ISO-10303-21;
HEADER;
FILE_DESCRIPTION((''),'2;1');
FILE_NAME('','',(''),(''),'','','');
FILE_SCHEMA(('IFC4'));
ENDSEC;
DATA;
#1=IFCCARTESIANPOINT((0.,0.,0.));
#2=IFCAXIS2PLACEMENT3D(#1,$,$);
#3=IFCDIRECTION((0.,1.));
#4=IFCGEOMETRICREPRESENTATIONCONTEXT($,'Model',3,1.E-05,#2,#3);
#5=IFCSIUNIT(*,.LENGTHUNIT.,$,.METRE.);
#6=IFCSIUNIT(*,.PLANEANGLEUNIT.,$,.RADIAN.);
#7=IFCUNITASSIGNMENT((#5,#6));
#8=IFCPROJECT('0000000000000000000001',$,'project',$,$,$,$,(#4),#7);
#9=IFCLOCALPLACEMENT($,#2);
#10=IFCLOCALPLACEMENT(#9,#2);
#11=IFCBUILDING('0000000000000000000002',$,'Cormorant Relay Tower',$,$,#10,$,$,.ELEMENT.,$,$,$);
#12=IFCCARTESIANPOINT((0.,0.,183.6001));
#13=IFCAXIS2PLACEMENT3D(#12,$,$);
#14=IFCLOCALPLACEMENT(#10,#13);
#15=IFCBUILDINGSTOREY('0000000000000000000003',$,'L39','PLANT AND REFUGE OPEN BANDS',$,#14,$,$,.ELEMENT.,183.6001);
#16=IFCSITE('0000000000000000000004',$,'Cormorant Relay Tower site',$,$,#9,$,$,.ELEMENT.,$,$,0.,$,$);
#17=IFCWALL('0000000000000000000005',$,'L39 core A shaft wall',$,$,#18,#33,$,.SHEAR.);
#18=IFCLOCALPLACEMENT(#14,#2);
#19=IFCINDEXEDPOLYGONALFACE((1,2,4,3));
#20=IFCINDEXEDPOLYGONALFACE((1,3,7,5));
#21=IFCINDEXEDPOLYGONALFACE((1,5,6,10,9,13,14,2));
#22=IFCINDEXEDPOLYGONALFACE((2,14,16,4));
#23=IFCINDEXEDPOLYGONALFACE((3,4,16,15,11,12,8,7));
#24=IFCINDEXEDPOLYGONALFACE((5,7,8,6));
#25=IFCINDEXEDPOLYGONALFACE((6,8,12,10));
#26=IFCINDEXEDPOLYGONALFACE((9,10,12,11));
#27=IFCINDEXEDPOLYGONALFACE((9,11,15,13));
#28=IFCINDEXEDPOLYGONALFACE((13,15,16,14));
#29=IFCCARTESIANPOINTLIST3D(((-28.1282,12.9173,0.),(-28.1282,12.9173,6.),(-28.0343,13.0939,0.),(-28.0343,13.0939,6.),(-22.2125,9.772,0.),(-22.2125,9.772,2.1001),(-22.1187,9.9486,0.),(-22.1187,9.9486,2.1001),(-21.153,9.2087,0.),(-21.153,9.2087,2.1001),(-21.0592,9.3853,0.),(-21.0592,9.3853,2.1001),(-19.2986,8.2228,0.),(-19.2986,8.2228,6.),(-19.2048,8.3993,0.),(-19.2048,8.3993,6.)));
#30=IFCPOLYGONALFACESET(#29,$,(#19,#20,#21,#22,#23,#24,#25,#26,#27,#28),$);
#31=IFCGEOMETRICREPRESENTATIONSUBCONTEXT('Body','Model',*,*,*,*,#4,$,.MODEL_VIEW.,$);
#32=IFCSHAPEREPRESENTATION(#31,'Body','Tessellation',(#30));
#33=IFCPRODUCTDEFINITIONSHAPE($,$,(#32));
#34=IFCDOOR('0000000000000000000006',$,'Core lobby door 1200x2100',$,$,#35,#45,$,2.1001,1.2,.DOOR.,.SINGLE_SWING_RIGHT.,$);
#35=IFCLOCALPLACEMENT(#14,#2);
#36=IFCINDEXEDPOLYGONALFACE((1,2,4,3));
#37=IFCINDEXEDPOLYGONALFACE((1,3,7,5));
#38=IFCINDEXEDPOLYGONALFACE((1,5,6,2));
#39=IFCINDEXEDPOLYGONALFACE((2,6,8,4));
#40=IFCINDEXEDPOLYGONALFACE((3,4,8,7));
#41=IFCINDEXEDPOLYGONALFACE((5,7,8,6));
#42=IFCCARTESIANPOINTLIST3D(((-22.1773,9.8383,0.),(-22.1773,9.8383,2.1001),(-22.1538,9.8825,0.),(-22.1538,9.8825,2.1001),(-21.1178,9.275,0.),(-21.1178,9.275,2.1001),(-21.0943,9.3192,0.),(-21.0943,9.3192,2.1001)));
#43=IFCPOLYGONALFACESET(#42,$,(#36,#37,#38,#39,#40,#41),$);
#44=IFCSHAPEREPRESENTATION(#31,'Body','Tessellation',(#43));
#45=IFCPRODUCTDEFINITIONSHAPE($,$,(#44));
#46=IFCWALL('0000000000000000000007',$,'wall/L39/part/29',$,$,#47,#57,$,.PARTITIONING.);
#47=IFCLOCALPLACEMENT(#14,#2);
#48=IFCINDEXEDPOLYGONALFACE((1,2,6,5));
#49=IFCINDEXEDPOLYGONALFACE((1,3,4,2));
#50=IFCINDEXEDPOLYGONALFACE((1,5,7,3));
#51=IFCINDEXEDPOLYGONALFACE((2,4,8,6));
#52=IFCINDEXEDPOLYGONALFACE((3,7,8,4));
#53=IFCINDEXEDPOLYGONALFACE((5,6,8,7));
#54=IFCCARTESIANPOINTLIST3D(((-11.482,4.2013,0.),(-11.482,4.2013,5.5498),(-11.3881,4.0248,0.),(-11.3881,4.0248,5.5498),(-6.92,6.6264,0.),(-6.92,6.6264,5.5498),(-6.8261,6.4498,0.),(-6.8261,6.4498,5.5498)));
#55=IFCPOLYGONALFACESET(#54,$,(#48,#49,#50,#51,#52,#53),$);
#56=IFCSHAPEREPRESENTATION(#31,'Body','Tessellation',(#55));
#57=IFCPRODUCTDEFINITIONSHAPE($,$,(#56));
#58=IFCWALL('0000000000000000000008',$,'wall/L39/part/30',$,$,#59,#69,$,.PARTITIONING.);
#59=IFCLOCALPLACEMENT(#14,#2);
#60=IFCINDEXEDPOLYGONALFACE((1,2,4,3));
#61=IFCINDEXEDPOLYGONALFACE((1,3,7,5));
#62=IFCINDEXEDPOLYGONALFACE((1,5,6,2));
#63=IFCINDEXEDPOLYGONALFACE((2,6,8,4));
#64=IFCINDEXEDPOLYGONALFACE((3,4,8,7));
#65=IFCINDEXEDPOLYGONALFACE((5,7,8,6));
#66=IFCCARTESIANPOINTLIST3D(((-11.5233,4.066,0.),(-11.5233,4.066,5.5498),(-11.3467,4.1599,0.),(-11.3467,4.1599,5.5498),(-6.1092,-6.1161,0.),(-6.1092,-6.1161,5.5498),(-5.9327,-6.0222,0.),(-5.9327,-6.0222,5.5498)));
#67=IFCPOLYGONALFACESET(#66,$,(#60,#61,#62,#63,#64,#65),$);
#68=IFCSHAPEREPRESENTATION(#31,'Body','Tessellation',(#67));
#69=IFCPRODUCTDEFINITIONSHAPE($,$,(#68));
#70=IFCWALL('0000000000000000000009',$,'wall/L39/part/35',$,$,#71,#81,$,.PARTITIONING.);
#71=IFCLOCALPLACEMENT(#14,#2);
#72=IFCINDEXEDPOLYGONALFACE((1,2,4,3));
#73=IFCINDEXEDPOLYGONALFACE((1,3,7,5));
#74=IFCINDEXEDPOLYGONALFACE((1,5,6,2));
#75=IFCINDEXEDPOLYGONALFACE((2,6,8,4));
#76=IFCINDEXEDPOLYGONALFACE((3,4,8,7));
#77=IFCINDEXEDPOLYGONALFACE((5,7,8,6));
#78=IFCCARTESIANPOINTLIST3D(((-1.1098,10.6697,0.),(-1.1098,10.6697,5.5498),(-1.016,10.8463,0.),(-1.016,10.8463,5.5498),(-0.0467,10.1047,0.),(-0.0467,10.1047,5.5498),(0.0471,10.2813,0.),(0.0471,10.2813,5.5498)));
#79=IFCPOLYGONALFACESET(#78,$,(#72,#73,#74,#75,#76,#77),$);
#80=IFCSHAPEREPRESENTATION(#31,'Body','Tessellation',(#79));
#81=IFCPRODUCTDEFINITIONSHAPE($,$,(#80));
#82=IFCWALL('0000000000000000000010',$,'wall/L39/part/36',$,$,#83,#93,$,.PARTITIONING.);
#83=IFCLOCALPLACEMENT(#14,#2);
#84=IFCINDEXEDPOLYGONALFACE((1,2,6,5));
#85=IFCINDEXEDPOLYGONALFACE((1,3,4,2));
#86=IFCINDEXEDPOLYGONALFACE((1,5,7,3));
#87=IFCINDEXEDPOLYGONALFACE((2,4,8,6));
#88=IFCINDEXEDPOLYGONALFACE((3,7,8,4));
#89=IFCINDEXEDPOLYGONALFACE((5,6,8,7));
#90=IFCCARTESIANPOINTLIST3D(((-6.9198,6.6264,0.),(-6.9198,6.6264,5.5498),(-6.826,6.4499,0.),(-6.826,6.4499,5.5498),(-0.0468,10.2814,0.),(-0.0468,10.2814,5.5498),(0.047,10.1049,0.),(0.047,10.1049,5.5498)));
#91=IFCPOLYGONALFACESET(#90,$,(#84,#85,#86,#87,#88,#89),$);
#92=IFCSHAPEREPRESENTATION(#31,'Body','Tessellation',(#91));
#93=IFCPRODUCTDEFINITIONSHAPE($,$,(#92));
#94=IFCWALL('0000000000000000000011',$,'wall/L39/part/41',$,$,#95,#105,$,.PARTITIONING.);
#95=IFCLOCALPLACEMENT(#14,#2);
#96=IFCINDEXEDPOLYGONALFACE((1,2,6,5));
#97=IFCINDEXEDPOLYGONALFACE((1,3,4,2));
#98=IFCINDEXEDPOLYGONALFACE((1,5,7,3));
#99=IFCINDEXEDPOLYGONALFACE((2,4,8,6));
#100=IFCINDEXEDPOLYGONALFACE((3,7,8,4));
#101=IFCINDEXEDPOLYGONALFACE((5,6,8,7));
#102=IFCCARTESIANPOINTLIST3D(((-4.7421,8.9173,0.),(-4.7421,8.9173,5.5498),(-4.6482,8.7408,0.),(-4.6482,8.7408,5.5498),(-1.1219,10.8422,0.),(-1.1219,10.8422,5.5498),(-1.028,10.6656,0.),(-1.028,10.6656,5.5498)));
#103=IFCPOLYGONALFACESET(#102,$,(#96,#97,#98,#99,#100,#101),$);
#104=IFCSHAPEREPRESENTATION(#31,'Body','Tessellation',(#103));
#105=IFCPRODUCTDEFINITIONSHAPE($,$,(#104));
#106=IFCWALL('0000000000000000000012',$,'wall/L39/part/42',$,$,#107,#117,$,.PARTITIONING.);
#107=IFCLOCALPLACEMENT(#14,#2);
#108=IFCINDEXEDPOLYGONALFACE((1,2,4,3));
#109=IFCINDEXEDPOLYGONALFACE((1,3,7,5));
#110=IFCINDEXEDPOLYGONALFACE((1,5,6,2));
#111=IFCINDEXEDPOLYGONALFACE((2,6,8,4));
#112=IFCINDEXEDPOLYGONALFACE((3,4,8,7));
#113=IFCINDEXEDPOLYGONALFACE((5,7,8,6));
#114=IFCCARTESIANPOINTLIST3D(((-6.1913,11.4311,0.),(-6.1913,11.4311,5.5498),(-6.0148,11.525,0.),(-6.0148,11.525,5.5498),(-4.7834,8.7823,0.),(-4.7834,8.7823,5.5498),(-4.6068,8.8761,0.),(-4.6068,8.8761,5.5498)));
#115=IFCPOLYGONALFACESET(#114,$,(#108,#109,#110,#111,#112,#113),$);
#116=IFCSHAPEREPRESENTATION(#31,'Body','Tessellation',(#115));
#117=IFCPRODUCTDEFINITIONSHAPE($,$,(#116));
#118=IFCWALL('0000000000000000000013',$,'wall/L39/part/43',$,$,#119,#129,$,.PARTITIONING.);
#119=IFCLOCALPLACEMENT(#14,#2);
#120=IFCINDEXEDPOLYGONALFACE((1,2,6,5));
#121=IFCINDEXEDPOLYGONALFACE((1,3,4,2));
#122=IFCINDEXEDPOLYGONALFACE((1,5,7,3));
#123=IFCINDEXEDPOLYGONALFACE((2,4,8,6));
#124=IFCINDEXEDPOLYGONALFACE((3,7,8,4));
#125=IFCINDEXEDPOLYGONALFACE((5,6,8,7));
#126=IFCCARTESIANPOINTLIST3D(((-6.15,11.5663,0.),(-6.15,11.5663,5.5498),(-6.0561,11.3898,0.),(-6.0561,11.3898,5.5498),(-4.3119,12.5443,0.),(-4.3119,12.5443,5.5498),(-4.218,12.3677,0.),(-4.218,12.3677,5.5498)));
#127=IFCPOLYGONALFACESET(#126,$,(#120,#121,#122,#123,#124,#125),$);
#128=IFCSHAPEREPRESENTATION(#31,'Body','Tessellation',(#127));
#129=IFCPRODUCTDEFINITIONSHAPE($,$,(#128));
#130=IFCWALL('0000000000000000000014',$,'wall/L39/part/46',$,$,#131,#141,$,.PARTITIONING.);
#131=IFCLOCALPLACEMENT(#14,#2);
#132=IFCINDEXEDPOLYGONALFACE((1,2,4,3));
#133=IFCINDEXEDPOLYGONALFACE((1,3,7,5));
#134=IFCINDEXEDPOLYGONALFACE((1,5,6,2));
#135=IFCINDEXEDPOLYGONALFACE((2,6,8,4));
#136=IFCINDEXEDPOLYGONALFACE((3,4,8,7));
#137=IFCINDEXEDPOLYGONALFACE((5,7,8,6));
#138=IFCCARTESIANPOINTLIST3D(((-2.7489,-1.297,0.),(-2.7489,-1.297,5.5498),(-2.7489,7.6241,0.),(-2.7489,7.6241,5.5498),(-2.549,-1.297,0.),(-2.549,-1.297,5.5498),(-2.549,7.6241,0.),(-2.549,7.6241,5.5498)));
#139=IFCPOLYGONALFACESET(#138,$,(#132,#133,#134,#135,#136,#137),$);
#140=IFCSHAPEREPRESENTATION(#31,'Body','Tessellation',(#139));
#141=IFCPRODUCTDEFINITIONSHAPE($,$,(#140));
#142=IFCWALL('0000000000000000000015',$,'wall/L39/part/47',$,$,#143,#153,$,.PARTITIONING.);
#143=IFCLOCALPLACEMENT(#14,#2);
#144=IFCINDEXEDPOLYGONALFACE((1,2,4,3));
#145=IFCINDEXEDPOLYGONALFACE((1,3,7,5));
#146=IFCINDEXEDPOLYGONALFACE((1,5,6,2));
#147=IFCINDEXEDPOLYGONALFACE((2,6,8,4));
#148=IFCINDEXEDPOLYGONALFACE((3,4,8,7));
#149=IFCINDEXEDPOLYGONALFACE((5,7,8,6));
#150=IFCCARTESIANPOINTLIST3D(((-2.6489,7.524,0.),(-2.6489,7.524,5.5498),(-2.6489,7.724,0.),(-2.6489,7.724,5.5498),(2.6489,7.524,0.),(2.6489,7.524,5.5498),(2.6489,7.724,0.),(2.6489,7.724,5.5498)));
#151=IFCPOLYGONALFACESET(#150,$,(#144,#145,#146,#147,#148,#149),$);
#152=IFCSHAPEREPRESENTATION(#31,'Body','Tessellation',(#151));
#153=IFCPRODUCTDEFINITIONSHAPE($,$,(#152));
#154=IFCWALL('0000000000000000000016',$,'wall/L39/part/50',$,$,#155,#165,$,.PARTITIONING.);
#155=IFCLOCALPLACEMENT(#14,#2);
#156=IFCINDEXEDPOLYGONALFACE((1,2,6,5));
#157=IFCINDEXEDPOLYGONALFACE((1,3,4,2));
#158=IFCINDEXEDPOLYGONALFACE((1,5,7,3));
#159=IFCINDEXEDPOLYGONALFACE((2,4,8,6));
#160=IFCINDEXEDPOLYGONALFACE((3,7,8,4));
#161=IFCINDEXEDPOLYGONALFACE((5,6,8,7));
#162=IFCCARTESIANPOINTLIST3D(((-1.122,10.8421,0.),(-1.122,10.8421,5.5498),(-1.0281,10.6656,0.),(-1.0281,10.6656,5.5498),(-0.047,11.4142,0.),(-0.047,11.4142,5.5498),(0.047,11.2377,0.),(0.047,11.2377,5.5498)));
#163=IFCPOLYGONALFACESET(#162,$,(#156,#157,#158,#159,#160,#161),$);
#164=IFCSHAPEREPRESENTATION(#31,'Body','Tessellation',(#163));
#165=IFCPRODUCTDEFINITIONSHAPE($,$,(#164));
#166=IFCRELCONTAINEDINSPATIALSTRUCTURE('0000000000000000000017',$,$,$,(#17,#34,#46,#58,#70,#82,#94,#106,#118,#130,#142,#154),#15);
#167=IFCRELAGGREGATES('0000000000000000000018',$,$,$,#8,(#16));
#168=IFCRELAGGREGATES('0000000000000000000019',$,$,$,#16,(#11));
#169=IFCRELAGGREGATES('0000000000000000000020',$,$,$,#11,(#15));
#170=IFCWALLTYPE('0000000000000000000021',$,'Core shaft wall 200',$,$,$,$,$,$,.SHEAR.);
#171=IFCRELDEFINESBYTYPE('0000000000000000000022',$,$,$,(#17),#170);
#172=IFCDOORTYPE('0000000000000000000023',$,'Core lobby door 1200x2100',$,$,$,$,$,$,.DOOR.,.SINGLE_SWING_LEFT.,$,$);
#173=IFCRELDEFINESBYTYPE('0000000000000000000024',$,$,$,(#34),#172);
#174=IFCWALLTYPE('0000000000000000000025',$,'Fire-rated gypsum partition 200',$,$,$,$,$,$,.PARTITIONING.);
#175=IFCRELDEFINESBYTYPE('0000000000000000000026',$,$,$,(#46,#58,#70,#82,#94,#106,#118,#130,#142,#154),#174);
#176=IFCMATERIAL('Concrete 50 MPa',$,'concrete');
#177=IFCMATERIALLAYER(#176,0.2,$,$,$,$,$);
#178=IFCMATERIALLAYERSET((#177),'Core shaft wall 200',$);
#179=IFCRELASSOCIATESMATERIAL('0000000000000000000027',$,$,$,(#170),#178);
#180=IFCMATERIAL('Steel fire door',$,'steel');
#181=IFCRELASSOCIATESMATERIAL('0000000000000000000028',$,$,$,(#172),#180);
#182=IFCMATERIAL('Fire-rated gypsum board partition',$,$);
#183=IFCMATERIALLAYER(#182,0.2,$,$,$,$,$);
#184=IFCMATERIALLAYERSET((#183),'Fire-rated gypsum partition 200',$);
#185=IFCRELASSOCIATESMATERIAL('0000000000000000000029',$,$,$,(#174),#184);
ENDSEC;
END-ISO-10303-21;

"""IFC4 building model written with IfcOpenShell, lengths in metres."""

from ifc_helpers import new_model, si_unit, direction, frame, frame_2d, origin, place, context, subcontext, project, spatial, rectangle, extrude, material, layer, layer_set, type_object, element, fill, save


model = new_model("IFC4")

# Units and contexts
model_context = context("Model", 3, precision=1e-05, world=origin(), true_north=direction((0.0, 1.0)))
body_context = subcontext(model_context, "Body", "Model", "MODEL_VIEW")
ifc_project = project(units=[si_unit("LENGTHUNIT", "METRE"), si_unit("PLANEANGLEUNIT", "RADIAN")], contexts=[model_context])

# Site, building, storey
site_placement = place(None, origin())
site = spatial("IfcSite", under=ifc_project, at=site_placement, Name="Cormorant Relay Tower site", CompositionType="ELEMENT", RefElevation=0.0)
building_placement = place(site_placement, origin())
building = spatial("IfcBuilding", under=site, at=building_placement, Name="Cormorant Relay Tower", CompositionType="ELEMENT")
storey_placement = place(building_placement, frame((0.0, 0.0, 183.6001)))
storey = spatial("IfcBuildingStorey", under=building, at=storey_placement, Name="L39", Description="PLANT AND REFUGE OPEN BANDS", CompositionType="ELEMENT", Elevation=183.6001)

# Wall, opening, door
ifc_material_1 = material(Name="Concrete 50 MPa", Category="concrete")
ifc_layer_1 = layer(ifc_material_1, 0.2)
ifc_layer_set_1 = layer_set([ifc_layer_1], Name="Core shaft wall 200")
wall_type_1 = type_object("IfcWallType", Name="Core shaft wall 200", PredefinedType="SHEAR", material=ifc_layer_set_1)
wall_1_placement = place(storey_placement, frame((-19.2517, 8.311, 0.0), z_axis=(0.0, 0.0, 1.0), x_axis=(-0.882956, 0.469456, 0.0)))
wall_1 = element("IfcWall", 1, at=wall_1_placement, inside=storey, type_object=wall_type_1, Name="L39 core A shaft wall", PredefinedType="SHEAR", context=body_context, shape_type="SweptSolid", body=[
    extrude(rectangle(XDim=10.0, YDim=0.2, at=frame_2d((5.0, 0.0))), origin(), (0.0, 0.0, 1.0), 6.0),
])
opening_placement = place(wall_1_placement, frame((2.1001, 0.0, 0.0)))
opening = element("IfcOpeningElement", 2, at=opening_placement, cuts=wall_1, PredefinedType="OPENING", context=body_context, shape_type="SweptSolid", body=[
    extrude(rectangle(XDim=1.2, YDim=2.1001, at=frame_2d((0.6001, 1.05))), frame((0.0, 0.1099, 0.0), z_axis=(0.0, -1.0, 0.0), x_axis=(1.0, 0.0, 0.0)), (0.0, 0.0, 1.0), 0.22),
])
ifc_material_2 = material(Name="Steel fire door", Category="steel")
door_type = type_object("IfcDoorType", Name="Core lobby door 1200x2100", OperationType="SINGLE_SWING_LEFT", PredefinedType="DOOR", material=ifc_material_2)
door_placement = place(opening_placement, origin())
door = element("IfcDoor", 3, at=door_placement, inside=storey, type_object=door_type, Name="Core lobby door 1200x2100", OperationType="SINGLE_SWING_RIGHT", OverallHeight=2.1001, OverallWidth=1.2, PredefinedType="DOOR", context=body_context, shape_type="SweptSolid", body=[
    extrude(rectangle(XDim=1.2, YDim=2.1001, at=frame_2d((0.6001, 1.05))), frame((0.0, 0.0249, 0.0), z_axis=(0.0, -1.0, 0.0), x_axis=(1.0, 0.0, 0.0)), (0.0, 0.0, 1.0), 0.05),
])
fill(opening, door)

# Walls
ifc_material_3 = material(Name="Fire-rated gypsum board partition")
ifc_layer_2 = layer(ifc_material_3, 0.2)
ifc_layer_set_2 = layer_set([ifc_layer_2], Name="Fire-rated gypsum partition 200")
wall_type_2 = type_object("IfcWallType", Name="Fire-rated gypsum partition 200", PredefinedType="PARTITIONING", material=ifc_layer_set_2)
wall_2_placement = place(storey_placement, frame((-6.873, 6.5381, 0.0), z_axis=(0.0, 0.0, 1.0), x_axis=(-0.882997, -0.469379, 0.0)))
element("IfcWall", 4, at=wall_2_placement, inside=storey, type_object=wall_type_2, Name="wall/L39/part/29", PredefinedType="PARTITIONING", context=body_context, shape_type="SweptSolid", body=[
    extrude(rectangle(XDim=5.1665, YDim=0.2, at=frame_2d((2.5833, 0.0))), origin(), (0.0, 0.0, 1.0), 5.5498),
])
wall_3_placement = place(storey_placement, frame((-11.4351, 4.113, 0.0), z_axis=(0.0, 0.0, 1.0), x_axis=(0.46948, -0.882943, 0.0)))
element("IfcWall", 5, at=wall_3_placement, inside=storey, type_object=wall_type_2, Name="wall/L39/part/30", PredefinedType="PARTITIONING", context=body_context, shape_type="SweptSolid", body=[
    extrude(rectangle(XDim=11.532, YDim=0.2, at=frame_2d((5.7661, 0.0))), origin(), (0.0, 0.0, 1.0), 5.5498),
])
wall_4_placement = place(storey_placement, frame((-1.063, 10.7581, 0.0), z_axis=(0.0, 0.0, 1.0), x_axis=(0.883037, -0.469304, 0.0)))
element("IfcWall", 6, at=wall_4_placement, inside=storey, type_object=wall_type_2, Name="wall/L39/part/35", PredefinedType="PARTITIONING", context=body_context, shape_type="SweptSolid", body=[
    extrude(rectangle(XDim=1.2039, YDim=0.2, at=frame_2d((0.6021, 0.0))), origin(), (0.0, 0.0, 1.0), 5.5498),
])
wall_5_placement = place(storey_placement, frame((0.0, 10.1931, 0.0), z_axis=(0.0, 0.0, 1.0), x_axis=(-0.882917, -0.469528, 0.0)))
element("IfcWall", 7, at=wall_5_placement, inside=storey, type_object=wall_type_2, Name="wall/L39/part/36", PredefinedType="PARTITIONING", context=body_context, shape_type="SweptSolid", body=[
    extrude(rectangle(XDim=7.7844, YDim=0.2, at=frame_2d((3.8921, 0.0))), origin(), (0.0, 0.0, 1.0), 5.5498),
])
wall_6_placement = place(storey_placement, frame((-1.075, 10.7539, 0.0), z_axis=(0.0, 0.0, 1.0), x_axis=(-0.882952, -0.469463, 0.0)))
element("IfcWall", 8, at=wall_6_placement, inside=storey, type_object=wall_type_2, Name="wall/L39/part/41", PredefinedType="PARTITIONING", context=body_context, shape_type="SweptSolid", body=[
    extrude(rectangle(XDim=4.1001, YDim=0.2, at=frame_2d((2.05, 0.0))), origin(), (0.0, 0.0, 1.0), 5.5498),
])
wall_7_placement = place(storey_placement, frame((-4.6951, 8.8291, 0.0), z_axis=(0.0, 0.0, 1.0), x_axis=(-0.469342, 0.883017, 0.0)))
element("IfcWall", 9, at=wall_7_placement, inside=storey, type_object=wall_type_2, Name="wall/L39/part/42", PredefinedType="PARTITIONING", context=body_context, shape_type="SweptSolid", body=[
    extrude(rectangle(XDim=2.9998, YDim=0.2, at=frame_2d((1.5, 0.0))), origin(), (0.0, 0.0, 1.0), 5.5498),
])
wall_8_placement = place(storey_placement, frame((-6.103, 11.478, 0.0), z_axis=(0.0, 0.0, 1.0), x_axis=(0.882813, 0.469724, 0.0)))
element("IfcWall", 10, at=wall_8_placement, inside=storey, type_object=wall_type_2, Name="wall/L39/part/43", PredefinedType="PARTITIONING", context=body_context, shape_type="SweptSolid", body=[
    extrude(rectangle(XDim=2.082, YDim=0.2, at=frame_2d((1.041, 0.0))), origin(), (0.0, 0.0, 1.0), 5.5498),
])
wall_9_placement = place(storey_placement, frame((-2.6489, 7.624, 0.0), z_axis=(0.0, 0.0, 1.0), x_axis=(0.0, -1.0, 0.0)))
element("IfcWall", 11, at=wall_9_placement, inside=storey, type_object=wall_type_2, Name="wall/L39/part/46", PredefinedType="PARTITIONING", context=body_context, shape_type="SweptSolid", body=[
    extrude(rectangle(XDim=8.9211, YDim=0.2, at=frame_2d((4.4604, 0.0))), origin(), (0.0, 0.0, 1.0), 5.5498),
])
wall_10_placement = place(storey_placement, frame((-2.6489, 7.624, 0.0), z_axis=(0.0, 0.0, 1.0), x_axis=(1.0, 0.0, 0.0)))
element("IfcWall", 12, at=wall_10_placement, inside=storey, type_object=wall_type_2, Name="wall/L39/part/47", PredefinedType="PARTITIONING", context=body_context, shape_type="SweptSolid", body=[
    extrude(rectangle(XDim=5.2979, YDim=0.2, at=frame_2d((2.6489, 0.0))), origin(), (0.0, 0.0, 1.0), 5.5498),
])
wall_11_placement = place(storey_placement, frame((0.0, 11.3259, 0.0), z_axis=(0.0, 0.0, 1.0), x_axis=(-0.882791, -0.469766, 0.0)))
element("IfcWall", 13, at=wall_11_placement, inside=storey, type_object=wall_type_2, Name="wall/L39/part/50", PredefinedType="PARTITIONING", context=body_context, shape_type="SweptSolid", body=[
    extrude(rectangle(XDim=1.2178, YDim=0.2, at=frame_2d((0.6089, 0.0))), origin(), (0.0, 0.0, 1.0), 5.5498),
])

save(model, "model.ifc")
